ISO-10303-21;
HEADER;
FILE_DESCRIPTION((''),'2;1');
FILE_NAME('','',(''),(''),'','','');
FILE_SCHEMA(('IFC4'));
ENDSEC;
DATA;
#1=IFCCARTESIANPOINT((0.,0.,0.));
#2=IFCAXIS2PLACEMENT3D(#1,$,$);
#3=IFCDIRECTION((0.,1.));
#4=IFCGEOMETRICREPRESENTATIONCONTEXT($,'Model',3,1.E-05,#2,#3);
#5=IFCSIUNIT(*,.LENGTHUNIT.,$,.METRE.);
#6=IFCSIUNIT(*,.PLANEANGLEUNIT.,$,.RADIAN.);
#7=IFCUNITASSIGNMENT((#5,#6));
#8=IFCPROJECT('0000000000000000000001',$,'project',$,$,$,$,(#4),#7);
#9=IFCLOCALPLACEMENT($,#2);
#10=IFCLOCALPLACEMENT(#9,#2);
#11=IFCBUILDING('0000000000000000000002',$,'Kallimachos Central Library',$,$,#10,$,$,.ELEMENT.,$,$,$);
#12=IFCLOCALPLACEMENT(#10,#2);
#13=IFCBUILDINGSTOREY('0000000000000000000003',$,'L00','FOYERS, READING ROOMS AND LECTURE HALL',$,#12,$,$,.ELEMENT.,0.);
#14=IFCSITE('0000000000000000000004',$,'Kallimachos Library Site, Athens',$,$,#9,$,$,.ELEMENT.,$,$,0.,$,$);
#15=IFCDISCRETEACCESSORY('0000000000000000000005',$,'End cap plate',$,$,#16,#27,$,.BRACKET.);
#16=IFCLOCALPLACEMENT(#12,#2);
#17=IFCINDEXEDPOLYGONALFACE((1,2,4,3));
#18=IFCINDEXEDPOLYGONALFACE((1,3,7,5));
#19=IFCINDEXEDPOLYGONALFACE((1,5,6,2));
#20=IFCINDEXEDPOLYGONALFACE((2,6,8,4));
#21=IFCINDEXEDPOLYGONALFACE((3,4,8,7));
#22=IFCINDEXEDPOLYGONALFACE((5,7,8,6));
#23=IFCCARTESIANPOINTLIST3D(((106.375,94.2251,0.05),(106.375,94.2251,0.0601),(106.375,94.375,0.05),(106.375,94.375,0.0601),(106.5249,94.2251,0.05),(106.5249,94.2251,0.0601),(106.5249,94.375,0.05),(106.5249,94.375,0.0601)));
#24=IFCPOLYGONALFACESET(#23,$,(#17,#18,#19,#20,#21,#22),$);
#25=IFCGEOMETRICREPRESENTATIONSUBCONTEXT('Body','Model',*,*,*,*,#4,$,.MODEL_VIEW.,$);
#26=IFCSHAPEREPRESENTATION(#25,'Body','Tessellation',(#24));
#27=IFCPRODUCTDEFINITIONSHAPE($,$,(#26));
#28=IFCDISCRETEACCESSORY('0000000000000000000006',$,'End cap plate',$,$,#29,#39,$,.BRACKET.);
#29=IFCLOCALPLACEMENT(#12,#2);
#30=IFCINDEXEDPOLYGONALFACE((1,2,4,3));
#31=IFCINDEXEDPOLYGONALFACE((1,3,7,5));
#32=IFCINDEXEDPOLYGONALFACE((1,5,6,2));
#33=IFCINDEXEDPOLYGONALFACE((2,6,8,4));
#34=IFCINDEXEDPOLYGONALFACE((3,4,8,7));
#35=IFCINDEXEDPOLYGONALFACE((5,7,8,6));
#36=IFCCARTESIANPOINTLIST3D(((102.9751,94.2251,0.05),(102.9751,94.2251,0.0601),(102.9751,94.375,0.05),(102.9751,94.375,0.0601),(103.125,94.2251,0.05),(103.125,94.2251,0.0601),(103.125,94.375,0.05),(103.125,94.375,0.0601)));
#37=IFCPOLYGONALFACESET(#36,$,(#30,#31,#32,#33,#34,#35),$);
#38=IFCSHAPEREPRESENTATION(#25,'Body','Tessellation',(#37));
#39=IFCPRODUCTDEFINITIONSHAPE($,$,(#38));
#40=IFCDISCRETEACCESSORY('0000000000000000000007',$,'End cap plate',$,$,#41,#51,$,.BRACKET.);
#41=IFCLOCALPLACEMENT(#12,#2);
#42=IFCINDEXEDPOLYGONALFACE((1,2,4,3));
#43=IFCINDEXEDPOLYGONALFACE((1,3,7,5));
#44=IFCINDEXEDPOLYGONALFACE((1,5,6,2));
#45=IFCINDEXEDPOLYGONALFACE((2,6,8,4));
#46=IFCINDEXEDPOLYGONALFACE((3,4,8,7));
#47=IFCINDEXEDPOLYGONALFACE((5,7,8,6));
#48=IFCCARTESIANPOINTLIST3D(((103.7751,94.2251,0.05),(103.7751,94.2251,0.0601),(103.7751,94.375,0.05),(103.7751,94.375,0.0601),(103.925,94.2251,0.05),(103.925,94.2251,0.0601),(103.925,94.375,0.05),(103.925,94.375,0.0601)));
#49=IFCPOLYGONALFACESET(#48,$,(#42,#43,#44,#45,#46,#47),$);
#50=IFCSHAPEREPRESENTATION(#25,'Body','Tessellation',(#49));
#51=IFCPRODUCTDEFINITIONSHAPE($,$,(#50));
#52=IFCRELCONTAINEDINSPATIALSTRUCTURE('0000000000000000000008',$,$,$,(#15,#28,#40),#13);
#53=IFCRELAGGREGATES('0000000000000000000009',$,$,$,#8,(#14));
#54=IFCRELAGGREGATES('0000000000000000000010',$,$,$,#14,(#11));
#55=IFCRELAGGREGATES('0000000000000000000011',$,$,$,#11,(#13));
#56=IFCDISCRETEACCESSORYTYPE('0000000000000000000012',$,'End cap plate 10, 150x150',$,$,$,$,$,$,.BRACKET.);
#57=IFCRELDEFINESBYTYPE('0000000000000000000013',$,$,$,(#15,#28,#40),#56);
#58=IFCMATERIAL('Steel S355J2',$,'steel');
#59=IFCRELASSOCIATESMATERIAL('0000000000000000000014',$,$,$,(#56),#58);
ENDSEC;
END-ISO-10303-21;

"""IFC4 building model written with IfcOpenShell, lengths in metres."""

from ifc_helpers import new_model, si_unit, direction, frame, origin, origin_2d, place, context, subcontext, project, spatial, rectangle, extrude, material, material_profile, profile_set, type_object, element, save


model = new_model("IFC4")

# Units and contexts
model_context = context("Model", 3, precision=1e-05, world=origin(), true_north=direction((0.0, 1.0)))
body_context = subcontext(model_context, "Body", "Model", "MODEL_VIEW")
ifc_project = project(units=[si_unit("LENGTHUNIT", "METRE"), si_unit("PLANEANGLEUNIT", "RADIAN")], contexts=[model_context])

# Site, building, storey
site_placement = place(None, origin())
site = spatial("IfcSite", under=ifc_project, at=site_placement, Name="Kallimachos Library Site, Athens", CompositionType="ELEMENT", RefElevation=0.0)
building_placement = place(site_placement, origin())
building = spatial("IfcBuilding", under=site, at=building_placement, Name="Kallimachos Central Library", CompositionType="ELEMENT")
storey_placement = place(building_placement, origin())
storey = spatial("IfcBuildingStorey", under=building, at=storey_placement, Name="L00", Description="FOYERS, READING ROOMS AND LECTURE HALL", CompositionType="ELEMENT", Elevation=0.0)

# Discrete accessories
ifc_material_1 = material(Name="Steel S355J2", Category="steel")
ifc_material_profile_1 = material_profile(ifc_material_1, rectangle(XDim=0.1499, YDim=0.1499, at=origin_2d()), Name="End cap plate 10, 150x150")
ifc_profile_set_1 = profile_set([ifc_material_profile_1], Name="Steel S355J2")
discrete_accessory_type = type_object("IfcDiscreteAccessoryType", Name="End cap plate 10, 150x150", PredefinedType="BRACKET", material=ifc_profile_set_1)
for number, where, z_axis, x_axis, name in (
    (1, (106.45, 94.3, 0.05), (0.0, 0.0, 1.0), (1.0, 0.0, 0.0), "End cap plate"),
    (2, (103.05, 94.3, 0.05), (0.0, 0.0, 1.0), (1.0, 0.0, 0.0), "End cap plate"),
    (3, (103.8501, 94.3, 0.05), (0.0, 0.0, 1.0), (1.0, 0.0, 0.0), "End cap plate"),
):
    element("IfcDiscreteAccessory", number, at=place(storey_placement, frame(where, z_axis=z_axis, x_axis=x_axis)), inside=storey, type_object=discrete_accessory_type, Name=name, PredefinedType="BRACKET", context=body_context, shape_type="SweptSolid", body=[
        extrude(rectangle(XDim=0.1499, YDim=0.1499, at=origin_2d()), origin(), (0.0, 0.0, 1.0), 0.01),
    ])

save(model, "model.ifc")
